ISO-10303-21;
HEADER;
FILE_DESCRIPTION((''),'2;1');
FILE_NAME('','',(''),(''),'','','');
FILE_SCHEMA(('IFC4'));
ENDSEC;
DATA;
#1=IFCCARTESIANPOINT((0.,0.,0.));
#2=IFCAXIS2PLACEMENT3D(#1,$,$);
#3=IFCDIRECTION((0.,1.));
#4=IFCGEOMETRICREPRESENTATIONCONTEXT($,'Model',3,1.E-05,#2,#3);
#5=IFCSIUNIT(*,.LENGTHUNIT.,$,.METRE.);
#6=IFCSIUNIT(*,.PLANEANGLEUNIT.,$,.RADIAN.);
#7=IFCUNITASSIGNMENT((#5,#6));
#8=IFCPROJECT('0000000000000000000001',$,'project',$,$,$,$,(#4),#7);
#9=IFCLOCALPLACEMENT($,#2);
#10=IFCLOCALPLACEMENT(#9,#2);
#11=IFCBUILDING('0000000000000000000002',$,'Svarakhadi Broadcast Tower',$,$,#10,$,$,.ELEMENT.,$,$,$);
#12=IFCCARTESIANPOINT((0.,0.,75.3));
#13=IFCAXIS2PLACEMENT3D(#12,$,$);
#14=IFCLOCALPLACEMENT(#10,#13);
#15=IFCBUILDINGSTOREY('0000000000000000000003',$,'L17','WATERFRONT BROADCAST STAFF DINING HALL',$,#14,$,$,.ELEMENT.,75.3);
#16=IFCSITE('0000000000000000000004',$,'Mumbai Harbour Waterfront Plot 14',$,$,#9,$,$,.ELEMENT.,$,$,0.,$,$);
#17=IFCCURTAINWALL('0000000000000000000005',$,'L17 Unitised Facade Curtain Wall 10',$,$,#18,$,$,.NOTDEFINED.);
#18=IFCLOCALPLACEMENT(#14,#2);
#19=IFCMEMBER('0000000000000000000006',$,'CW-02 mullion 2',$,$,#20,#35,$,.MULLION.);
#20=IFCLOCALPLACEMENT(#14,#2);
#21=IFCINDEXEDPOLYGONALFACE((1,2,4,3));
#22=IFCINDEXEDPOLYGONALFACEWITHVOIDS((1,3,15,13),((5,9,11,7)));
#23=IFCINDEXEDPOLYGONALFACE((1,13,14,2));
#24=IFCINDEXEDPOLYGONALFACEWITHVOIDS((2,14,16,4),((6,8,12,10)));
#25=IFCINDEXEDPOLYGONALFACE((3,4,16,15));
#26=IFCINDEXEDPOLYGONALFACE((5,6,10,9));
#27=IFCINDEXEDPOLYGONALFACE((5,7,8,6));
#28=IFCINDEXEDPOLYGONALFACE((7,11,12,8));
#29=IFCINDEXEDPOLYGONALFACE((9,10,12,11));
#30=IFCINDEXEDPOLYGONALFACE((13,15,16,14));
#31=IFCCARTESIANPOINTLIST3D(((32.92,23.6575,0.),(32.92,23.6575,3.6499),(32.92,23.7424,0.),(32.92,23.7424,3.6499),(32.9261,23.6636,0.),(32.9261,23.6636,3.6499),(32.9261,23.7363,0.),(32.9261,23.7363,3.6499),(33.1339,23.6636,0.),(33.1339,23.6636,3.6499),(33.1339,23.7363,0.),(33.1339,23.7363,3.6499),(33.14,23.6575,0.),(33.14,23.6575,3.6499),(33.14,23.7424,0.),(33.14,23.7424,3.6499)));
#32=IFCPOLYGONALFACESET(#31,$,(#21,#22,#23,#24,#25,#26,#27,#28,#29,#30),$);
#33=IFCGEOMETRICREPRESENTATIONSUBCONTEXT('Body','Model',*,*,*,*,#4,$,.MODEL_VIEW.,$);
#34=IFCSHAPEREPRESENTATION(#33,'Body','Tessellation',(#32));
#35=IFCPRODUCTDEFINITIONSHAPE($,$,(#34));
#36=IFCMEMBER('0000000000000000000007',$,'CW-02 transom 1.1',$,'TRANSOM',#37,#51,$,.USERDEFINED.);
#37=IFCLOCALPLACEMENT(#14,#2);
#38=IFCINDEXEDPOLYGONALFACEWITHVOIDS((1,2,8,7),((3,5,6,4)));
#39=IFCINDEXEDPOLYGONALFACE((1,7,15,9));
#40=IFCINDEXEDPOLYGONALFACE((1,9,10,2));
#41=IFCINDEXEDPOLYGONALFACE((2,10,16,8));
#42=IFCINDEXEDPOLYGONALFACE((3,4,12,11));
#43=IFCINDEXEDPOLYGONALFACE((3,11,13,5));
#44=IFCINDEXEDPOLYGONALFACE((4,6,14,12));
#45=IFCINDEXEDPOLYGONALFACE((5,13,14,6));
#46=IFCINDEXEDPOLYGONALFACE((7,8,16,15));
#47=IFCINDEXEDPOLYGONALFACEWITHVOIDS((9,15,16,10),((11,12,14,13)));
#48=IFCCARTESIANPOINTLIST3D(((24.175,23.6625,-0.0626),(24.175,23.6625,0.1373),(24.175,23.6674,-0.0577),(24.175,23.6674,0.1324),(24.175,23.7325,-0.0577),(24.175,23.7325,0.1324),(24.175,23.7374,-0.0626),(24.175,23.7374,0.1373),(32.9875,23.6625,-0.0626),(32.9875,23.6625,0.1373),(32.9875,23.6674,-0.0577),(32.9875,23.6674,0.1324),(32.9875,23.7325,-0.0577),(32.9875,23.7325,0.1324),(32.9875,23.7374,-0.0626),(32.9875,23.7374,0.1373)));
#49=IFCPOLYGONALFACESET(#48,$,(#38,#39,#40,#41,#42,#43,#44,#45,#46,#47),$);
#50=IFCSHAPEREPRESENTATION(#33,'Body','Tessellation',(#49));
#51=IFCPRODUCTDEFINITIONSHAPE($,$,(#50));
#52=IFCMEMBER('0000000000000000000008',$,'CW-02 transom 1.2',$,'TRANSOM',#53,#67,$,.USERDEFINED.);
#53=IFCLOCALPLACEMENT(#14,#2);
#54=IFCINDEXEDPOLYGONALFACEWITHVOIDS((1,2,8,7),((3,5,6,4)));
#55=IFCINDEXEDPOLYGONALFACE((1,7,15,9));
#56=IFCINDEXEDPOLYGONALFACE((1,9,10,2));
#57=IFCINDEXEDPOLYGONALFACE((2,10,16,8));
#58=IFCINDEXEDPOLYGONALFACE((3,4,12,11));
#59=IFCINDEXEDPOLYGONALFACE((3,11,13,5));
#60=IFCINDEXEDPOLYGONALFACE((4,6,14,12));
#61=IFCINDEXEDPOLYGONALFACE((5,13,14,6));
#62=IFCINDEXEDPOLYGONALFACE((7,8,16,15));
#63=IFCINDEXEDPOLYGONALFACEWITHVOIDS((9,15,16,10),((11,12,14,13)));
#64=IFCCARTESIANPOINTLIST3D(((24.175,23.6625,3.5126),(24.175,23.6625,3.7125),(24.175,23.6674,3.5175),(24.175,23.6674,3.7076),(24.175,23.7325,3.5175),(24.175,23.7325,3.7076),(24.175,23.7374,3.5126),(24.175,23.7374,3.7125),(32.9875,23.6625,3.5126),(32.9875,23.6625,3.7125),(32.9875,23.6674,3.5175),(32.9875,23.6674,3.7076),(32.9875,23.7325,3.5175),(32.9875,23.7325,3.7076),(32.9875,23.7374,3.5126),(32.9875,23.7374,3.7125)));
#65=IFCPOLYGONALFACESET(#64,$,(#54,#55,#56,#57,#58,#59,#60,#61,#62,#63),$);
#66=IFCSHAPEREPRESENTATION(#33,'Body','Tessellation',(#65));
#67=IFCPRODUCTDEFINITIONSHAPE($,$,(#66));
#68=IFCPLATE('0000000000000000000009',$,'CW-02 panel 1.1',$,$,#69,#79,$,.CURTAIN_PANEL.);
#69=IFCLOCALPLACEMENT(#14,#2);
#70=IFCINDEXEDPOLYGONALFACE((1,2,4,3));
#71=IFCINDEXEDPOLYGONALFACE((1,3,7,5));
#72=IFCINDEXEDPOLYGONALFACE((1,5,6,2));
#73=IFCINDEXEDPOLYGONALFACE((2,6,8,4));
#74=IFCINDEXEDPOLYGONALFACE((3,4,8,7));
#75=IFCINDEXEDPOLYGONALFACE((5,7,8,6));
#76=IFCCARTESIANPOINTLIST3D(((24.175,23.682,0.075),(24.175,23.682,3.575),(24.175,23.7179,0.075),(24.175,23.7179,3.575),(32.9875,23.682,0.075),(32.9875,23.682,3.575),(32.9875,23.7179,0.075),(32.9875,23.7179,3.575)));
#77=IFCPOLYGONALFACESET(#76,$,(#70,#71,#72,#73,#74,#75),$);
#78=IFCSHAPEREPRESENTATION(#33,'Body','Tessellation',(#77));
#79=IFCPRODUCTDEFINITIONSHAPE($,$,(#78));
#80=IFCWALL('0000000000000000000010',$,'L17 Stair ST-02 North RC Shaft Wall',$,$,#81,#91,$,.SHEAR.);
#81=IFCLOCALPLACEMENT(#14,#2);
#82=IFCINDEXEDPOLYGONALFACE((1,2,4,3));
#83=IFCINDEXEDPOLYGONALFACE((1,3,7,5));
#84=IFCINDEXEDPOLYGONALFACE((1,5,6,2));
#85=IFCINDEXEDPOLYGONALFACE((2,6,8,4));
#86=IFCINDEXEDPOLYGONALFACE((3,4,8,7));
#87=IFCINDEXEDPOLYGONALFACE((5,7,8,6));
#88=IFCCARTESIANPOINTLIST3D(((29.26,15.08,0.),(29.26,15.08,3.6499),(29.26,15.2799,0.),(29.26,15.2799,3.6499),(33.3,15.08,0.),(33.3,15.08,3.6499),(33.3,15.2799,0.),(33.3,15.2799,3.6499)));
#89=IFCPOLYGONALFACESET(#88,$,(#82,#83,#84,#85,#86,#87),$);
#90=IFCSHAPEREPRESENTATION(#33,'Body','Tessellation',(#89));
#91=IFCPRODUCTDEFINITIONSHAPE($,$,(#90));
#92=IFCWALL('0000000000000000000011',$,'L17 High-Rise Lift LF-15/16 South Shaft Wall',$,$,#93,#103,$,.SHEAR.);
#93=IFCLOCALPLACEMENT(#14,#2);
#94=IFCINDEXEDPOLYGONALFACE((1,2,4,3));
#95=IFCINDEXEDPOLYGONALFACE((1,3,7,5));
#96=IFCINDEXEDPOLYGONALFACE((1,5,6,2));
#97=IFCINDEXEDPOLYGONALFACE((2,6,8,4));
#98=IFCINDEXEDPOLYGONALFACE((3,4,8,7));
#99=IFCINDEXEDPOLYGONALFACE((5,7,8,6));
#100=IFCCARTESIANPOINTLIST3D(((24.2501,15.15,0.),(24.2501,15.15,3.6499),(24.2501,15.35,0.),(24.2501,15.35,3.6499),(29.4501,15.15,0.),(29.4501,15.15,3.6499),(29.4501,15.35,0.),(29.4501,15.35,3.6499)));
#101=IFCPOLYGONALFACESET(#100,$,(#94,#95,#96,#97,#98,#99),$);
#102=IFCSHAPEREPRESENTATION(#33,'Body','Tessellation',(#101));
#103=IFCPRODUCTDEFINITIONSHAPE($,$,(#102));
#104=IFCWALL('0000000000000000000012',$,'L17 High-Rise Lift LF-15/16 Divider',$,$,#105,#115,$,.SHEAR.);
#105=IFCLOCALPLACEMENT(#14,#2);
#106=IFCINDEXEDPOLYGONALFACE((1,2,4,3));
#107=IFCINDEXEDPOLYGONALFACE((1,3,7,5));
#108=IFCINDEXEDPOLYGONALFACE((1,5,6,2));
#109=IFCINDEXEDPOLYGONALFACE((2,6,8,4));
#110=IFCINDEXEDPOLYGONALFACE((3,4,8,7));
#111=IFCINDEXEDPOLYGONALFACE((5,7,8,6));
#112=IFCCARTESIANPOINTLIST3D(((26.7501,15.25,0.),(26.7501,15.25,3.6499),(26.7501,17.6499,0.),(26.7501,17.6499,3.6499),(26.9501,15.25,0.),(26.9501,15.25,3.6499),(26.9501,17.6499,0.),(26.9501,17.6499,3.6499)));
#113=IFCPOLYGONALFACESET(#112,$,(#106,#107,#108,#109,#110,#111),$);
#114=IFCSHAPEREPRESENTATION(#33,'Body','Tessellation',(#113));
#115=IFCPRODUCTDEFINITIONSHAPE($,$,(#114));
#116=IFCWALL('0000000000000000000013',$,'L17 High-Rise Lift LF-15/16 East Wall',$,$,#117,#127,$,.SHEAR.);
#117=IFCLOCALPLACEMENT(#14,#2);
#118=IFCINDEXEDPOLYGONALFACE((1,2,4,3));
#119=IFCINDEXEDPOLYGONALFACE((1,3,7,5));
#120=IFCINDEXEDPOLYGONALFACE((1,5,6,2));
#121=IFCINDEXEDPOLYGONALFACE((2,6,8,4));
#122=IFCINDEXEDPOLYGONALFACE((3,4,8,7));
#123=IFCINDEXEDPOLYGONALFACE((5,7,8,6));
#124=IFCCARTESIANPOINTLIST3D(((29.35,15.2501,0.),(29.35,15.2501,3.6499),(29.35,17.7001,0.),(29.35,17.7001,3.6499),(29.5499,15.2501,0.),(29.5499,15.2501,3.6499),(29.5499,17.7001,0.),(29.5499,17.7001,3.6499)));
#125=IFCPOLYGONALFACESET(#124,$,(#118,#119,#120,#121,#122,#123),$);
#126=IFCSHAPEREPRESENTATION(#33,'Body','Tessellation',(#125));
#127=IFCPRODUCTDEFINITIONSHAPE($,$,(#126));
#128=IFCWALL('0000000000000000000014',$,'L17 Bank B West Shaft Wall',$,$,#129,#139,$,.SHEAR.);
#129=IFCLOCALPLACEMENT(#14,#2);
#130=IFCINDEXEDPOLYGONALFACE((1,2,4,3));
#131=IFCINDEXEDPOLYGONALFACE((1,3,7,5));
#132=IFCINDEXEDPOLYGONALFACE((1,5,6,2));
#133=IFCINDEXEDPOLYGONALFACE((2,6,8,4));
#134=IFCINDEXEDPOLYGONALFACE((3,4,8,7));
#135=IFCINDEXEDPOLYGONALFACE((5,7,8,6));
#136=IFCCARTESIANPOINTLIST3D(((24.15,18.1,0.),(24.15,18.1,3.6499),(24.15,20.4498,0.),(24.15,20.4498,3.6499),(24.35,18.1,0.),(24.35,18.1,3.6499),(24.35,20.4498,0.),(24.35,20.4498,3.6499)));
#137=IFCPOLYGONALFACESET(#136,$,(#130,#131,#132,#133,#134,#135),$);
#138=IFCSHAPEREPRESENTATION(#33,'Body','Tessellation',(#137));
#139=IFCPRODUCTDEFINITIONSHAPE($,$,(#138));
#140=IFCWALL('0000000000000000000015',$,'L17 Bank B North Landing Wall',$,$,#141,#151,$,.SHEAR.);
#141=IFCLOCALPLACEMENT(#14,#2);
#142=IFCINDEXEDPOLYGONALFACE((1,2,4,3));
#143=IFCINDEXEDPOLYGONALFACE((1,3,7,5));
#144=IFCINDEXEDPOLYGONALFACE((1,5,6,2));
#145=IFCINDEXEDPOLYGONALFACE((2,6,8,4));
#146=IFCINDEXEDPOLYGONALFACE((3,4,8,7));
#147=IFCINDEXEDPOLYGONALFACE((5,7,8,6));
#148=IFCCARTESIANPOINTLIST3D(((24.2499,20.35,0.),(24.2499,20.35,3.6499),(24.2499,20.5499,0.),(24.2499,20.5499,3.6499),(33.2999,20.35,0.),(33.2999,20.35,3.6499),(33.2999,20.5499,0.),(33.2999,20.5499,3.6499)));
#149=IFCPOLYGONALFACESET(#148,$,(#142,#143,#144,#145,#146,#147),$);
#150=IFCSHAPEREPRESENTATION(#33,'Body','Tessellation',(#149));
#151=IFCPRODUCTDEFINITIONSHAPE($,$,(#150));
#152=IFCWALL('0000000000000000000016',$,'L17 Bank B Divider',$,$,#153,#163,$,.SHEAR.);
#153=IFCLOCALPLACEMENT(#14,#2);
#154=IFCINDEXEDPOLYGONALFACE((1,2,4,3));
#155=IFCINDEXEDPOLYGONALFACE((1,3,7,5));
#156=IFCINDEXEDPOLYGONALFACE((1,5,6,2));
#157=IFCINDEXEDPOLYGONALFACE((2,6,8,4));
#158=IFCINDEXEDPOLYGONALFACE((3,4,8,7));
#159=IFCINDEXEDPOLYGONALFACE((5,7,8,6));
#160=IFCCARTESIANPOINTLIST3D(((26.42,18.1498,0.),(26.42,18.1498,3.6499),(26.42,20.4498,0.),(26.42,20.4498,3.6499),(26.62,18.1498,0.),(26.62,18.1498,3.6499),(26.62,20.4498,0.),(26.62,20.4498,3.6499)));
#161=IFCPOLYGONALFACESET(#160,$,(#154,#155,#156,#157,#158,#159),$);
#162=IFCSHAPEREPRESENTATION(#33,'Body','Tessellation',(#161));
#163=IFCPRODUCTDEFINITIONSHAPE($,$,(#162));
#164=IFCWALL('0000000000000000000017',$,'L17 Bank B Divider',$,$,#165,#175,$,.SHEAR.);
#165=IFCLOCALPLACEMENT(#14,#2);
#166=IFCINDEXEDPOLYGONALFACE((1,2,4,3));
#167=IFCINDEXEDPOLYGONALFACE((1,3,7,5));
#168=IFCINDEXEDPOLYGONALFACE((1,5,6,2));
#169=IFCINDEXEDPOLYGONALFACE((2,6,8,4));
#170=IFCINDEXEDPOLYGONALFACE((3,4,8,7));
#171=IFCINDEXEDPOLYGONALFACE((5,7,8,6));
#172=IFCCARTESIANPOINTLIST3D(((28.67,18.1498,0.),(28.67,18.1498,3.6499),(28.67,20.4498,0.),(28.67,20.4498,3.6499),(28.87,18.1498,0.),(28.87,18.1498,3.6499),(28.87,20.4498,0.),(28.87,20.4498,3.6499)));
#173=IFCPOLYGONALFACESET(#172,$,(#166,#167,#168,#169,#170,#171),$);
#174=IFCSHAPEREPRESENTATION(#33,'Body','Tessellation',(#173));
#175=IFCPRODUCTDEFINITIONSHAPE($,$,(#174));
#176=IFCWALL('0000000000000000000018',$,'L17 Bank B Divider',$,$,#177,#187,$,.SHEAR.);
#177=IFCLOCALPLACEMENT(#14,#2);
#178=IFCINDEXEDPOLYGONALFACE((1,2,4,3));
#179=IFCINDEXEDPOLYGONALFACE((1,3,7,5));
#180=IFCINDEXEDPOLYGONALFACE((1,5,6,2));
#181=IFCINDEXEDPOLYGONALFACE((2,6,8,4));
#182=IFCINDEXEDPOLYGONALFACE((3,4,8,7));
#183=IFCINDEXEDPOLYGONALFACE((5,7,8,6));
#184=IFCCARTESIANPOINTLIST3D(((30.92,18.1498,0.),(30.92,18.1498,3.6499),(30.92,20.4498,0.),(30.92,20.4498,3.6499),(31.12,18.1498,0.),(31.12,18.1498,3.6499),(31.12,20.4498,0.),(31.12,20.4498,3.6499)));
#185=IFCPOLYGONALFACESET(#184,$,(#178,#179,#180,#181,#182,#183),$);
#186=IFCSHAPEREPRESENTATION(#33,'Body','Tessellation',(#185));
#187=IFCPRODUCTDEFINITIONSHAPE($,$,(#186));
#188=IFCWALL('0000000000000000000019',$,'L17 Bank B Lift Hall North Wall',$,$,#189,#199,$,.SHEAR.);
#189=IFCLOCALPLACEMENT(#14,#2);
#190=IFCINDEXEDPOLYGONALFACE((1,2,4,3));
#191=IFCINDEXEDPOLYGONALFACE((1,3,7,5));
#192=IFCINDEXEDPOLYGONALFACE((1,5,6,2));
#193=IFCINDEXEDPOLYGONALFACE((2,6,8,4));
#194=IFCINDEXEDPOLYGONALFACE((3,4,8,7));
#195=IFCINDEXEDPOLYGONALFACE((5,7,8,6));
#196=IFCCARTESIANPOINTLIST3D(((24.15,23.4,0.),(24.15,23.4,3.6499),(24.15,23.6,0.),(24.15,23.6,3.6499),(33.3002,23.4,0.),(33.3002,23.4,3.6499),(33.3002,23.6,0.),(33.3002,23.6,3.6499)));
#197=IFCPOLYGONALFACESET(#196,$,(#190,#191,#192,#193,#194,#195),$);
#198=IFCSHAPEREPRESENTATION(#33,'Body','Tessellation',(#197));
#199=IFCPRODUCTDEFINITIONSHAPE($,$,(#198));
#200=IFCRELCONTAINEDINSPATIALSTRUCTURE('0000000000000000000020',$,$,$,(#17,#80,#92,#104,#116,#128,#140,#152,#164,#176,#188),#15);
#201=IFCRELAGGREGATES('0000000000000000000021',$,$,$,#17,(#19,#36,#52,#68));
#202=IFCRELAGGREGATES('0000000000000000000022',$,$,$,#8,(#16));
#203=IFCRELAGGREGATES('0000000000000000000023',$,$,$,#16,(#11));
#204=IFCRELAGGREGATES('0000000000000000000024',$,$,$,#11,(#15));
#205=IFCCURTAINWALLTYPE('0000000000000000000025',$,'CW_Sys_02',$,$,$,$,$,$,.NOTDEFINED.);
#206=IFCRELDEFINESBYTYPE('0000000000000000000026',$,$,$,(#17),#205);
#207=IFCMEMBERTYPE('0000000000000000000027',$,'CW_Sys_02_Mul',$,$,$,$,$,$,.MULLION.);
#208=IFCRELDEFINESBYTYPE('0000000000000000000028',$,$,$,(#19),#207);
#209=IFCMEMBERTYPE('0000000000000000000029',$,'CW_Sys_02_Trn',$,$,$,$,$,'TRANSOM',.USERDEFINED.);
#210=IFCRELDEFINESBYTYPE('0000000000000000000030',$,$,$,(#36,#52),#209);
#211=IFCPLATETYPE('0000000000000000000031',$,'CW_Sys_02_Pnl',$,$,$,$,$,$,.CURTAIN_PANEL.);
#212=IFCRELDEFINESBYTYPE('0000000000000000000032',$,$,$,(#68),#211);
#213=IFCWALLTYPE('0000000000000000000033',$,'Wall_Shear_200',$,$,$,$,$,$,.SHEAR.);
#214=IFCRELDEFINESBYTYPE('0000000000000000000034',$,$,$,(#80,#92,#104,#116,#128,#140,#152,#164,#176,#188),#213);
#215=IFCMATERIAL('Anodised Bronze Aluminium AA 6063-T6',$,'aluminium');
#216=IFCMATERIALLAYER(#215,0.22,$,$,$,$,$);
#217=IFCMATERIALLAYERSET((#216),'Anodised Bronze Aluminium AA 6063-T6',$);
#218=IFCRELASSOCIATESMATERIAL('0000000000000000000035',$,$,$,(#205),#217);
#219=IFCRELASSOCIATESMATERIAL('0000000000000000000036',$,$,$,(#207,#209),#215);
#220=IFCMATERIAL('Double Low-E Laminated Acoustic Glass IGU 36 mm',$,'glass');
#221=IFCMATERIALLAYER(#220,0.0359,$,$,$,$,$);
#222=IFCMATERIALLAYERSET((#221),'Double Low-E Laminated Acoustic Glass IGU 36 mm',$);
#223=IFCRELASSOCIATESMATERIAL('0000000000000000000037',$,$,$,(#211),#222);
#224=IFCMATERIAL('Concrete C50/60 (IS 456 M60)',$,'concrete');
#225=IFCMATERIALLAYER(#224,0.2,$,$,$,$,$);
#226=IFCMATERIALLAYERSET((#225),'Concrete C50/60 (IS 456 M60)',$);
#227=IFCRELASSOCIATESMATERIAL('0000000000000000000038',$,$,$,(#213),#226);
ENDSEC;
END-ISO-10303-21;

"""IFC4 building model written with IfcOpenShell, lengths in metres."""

from ifc_helpers import new_model, si_unit, direction, frame, frame_2d, origin, origin_2d, place, context, subcontext, project, spatial, rectangle, hollow_rectangle, extrude, material, layer, layer_set, material_profile, profile_set, type_object, element, aggregate, save


model = new_model("IFC4")

# Units and contexts
model_context = context("Model", 3, precision=1e-05, world=origin(), true_north=direction((0.0, 1.0)))
body_context = subcontext(model_context, "Body", "Model", "MODEL_VIEW")
ifc_project = project(units=[si_unit("LENGTHUNIT", "METRE"), si_unit("PLANEANGLEUNIT", "RADIAN")], contexts=[model_context])

# Site, building, storey
site_placement = place(None, origin())
site = spatial("IfcSite", under=ifc_project, at=site_placement, Name="Mumbai Harbour Waterfront Plot 14", CompositionType="ELEMENT", RefElevation=0.0)
building_placement = place(site_placement, origin())
building = spatial("IfcBuilding", under=site, at=building_placement, Name="Svarakhadi Broadcast Tower", CompositionType="ELEMENT")
storey_placement = place(building_placement, frame((0.0, 0.0, 75.3)))
storey = spatial("IfcBuildingStorey", under=building, at=storey_placement, Name="L17", Description="WATERFRONT BROADCAST STAFF DINING HALL", CompositionType="ELEMENT", Elevation=75.3)

# Curtain wall, members, plate
ifc_material_1 = material(Name="Anodised Bronze Aluminium AA 6063-T6", Category="aluminium")
ifc_layer_1 = layer(ifc_material_1, 0.22)
ifc_layer_set_1 = layer_set([ifc_layer_1], Name="Anodised Bronze Aluminium AA 6063-T6")
curtain_wall_type = type_object("IfcCurtainWallType", Name="CW_Sys_02", PredefinedType="NOTDEFINED", material=ifc_layer_set_1)
curtain_wall_placement = place(storey_placement, origin())
curtain_wall = element("IfcCurtainWall", 1, at=curtain_wall_placement, inside=storey, type_object=curtain_wall_type, Name="L17 Unitised Facade Curtain Wall 10", PredefinedType="NOTDEFINED")
ifc_material_profile_1 = material_profile(ifc_material_1, hollow_rectangle(XDim=0.085, YDim=0.22, WallThickness=0.0061, at=origin_2d()), Name="ALU MULLION 220x85x6")
ifc_profile_set_1 = profile_set([ifc_material_profile_1], Name="Anodised Bronze Aluminium AA 6063-T6")
member_type_1 = type_object("IfcMemberType", Name="CW_Sys_02_Mul", PredefinedType="MULLION", material=ifc_profile_set_1)
member_1_placement = place(storey_placement, frame((33.03, 23.7, 0.0), z_axis=(0.0, 0.0, 1.0), x_axis=(0.0, 1.0, 0.0)))
member_1 = element("IfcMember", 2, at=member_1_placement, type_object=member_type_1, Name="CW-02 mullion 2", PredefinedType="MULLION", context=body_context, shape_type="SweptSolid", body=[
    extrude(hollow_rectangle(XDim=0.085, YDim=0.22, WallThickness=0.0061, at=origin_2d()), origin(), (0.0, 0.0, 1.0), 3.6499),
])
ifc_material_profile_2 = material_profile(ifc_material_1, hollow_rectangle(XDim=0.075, YDim=0.2, WallThickness=0.0049, at=origin_2d()), Name="ALU TRANSOM 200x75x5")
ifc_profile_set_2 = profile_set([ifc_material_profile_2], Name="Anodised Bronze Aluminium AA 6063-T6")
member_type_2 = type_object("IfcMemberType", Name="CW_Sys_02_Trn", ElementType="TRANSOM", PredefinedType="USERDEFINED", material=ifc_profile_set_2)
member_2_placement = place(storey_placement, frame((24.175, 23.7, 0.0374), z_axis=(1.0, 0.0, 0.0), x_axis=(0.0, 1.0, 0.0)))
member_2 = element("IfcMember", 3, at=member_2_placement, type_object=member_type_2, Name="CW-02 transom 1.1", ObjectType="TRANSOM", PredefinedType="USERDEFINED", context=body_context, shape_type="SweptSolid", body=[
    extrude(hollow_rectangle(XDim=0.075, YDim=0.2, WallThickness=0.0049, at=origin_2d()), origin(), (0.0, 0.0, 1.0), 8.8125),
])
member_3_placement = place(storey_placement, frame((24.175, 23.7, 3.6125), z_axis=(1.0, 0.0, 0.0), x_axis=(0.0, 1.0, 0.0)))
member_3 = element("IfcMember", 4, at=member_3_placement, type_object=member_type_2, Name="CW-02 transom 1.2", ObjectType="TRANSOM", PredefinedType="USERDEFINED", context=body_context, shape_type="SweptSolid", body=[
    extrude(hollow_rectangle(XDim=0.075, YDim=0.2, WallThickness=0.0049, at=origin_2d()), origin(), (0.0, 0.0, 1.0), 8.8125),
])
ifc_material_2 = material(Name="Double Low-E Laminated Acoustic Glass IGU 36 mm", Category="glass")
ifc_layer_2 = layer(ifc_material_2, 0.0359)
ifc_layer_set_2 = layer_set([ifc_layer_2], Name="Double Low-E Laminated Acoustic Glass IGU 36 mm")
plate_type = type_object("IfcPlateType", Name="CW_Sys_02_Pnl", PredefinedType="CURTAIN_PANEL", material=ifc_layer_set_2)
plate_placement = place(storey_placement, frame((28.5813, 23.7, 0.075), z_axis=(0.0, 0.0, 1.0), x_axis=(1.0, 0.0, 0.0)))
plate = element("IfcPlate", 5, at=plate_placement, type_object=plate_type, Name="CW-02 panel 1.1", PredefinedType="CURTAIN_PANEL", context=body_context, shape_type="SweptSolid", body=[
    extrude(rectangle(XDim=8.8125, YDim=0.0359, at=origin_2d()), origin(), (0.0, 0.0, 1.0), 3.5),
])
aggregate(curtain_wall, [member_1, member_2, member_3, plate])

# Wall
ifc_material_3 = material(Name="Concrete C50/60 (IS 456 M60)", Category="concrete")
ifc_layer_3 = layer(ifc_material_3, 0.2)
ifc_layer_set_3 = layer_set([ifc_layer_3], Name="Concrete C50/60 (IS 456 M60)")
wall_type_1 = type_object("IfcWallType", Name="Wall_Shear_200", PredefinedType="SHEAR", material=ifc_layer_set_3)
wall_1_placement = place(storey_placement, frame((29.26, 15.1799, 0.0), z_axis=(0.0, 0.0, 1.0), x_axis=(1.0, 0.0, 0.0)))
element("IfcWall", 6, at=wall_1_placement, inside=storey, type_object=wall_type_1, Name="L17 Stair ST-02 North RC Shaft Wall", PredefinedType="SHEAR", context=body_context, shape_type="SweptSolid", body=[
    extrude(rectangle(XDim=4.04, YDim=0.2, at=frame_2d((2.02, 0.0))), origin(), (0.0, 0.0, 1.0), 3.6499),
])

# Walls
wall_2_placement = place(storey_placement, frame((24.25, 15.25, 0.0), z_axis=(0.0, 0.0, 1.0), x_axis=(1.0, 0.0, 0.0)))
element("IfcWall", 7, at=wall_2_placement, inside=storey, type_object=wall_type_1, Name="L17 High-Rise Lift LF-15/16 South Shaft Wall", PredefinedType="SHEAR", context=body_context, shape_type="SweptSolid", body=[
    extrude(rectangle(XDim=5.2, YDim=0.2, at=frame_2d((2.6001, 0.0))), origin(), (0.0, 0.0, 1.0), 3.6499),
])
wall_3_placement = place(storey_placement, frame((26.8501, 15.25, 0.0), z_axis=(0.0, 0.0, 1.0), x_axis=(0.0, 1.0, 0.0)))
element("IfcWall", 8, at=wall_3_placement, inside=storey, type_object=wall_type_1, Name="L17 High-Rise Lift LF-15/16 Divider", PredefinedType="SHEAR", context=body_context, shape_type="SweptSolid", body=[
    extrude(rectangle(XDim=2.3999, YDim=0.2, at=frame_2d((1.2, 0.0))), origin(), (0.0, 0.0, 1.0), 3.6499),
])
wall_4_placement = place(storey_placement, frame((29.45, 15.25, 0.0), z_axis=(0.0, 0.0, 1.0), x_axis=(0.0, 1.0, 0.0)))
element("IfcWall", 9, at=wall_4_placement, inside=storey, type_object=wall_type_1, Name="L17 High-Rise Lift LF-15/16 East Wall", PredefinedType="SHEAR", context=body_context, shape_type="SweptSolid", body=[
    extrude(rectangle(XDim=2.45, YDim=0.2, at=frame_2d((1.2251, 0.0))), origin(), (0.0, 0.0, 1.0), 3.6499),
])
wall_5_placement = place(storey_placement, frame((24.25, 18.1001, 0.0), z_axis=(0.0, 0.0, 1.0), x_axis=(0.0, 1.0, 0.0)))
element("IfcWall", 10, at=wall_5_placement, inside=storey, type_object=wall_type_1, Name="L17 Bank B West Shaft Wall", PredefinedType="SHEAR", context=body_context, shape_type="SweptSolid", body=[
    extrude(rectangle(XDim=2.3499, YDim=0.2, at=frame_2d((1.1748, 0.0))), origin(), (0.0, 0.0, 1.0), 3.6499),
])
wall_6_placement = place(storey_placement, frame((24.25, 20.45, 0.0), z_axis=(0.0, 0.0, 1.0), x_axis=(1.0, 0.0, 0.0)))
element("IfcWall", 11, at=wall_6_placement, inside=storey, type_object=wall_type_1, Name="L17 Bank B North Landing Wall", PredefinedType="SHEAR", context=body_context, shape_type="SweptSolid", body=[
    extrude(rectangle(XDim=9.05, YDim=0.2, at=frame_2d((4.5249, 0.0))), origin(), (0.0, 0.0, 1.0), 3.6499),
])
for number, where, z_axis, x_axis, name in (
    (12, (26.52, 18.1499, 0.0), (0.0, 0.0, 1.0), (0.0, 1.0, 0.0), "L17 Bank B Divider"),
    (13, (28.77, 18.1499, 0.0), (0.0, 0.0, 1.0), (0.0, 1.0, 0.0), "L17 Bank B Divider"),
    (14, (31.02, 18.1499, 0.0), (0.0, 0.0, 1.0), (0.0, 1.0, 0.0), "L17 Bank B Divider"),
):
    element("IfcWall", number, at=place(storey_placement, frame(where, z_axis=z_axis, x_axis=x_axis)), inside=storey, type_object=wall_type_1, Name=name, PredefinedType="SHEAR", context=body_context, shape_type="SweptSolid", body=[
        extrude(rectangle(XDim=2.3, YDim=0.2, at=frame_2d((1.1499, 0.0))), origin(), (0.0, 0.0, 1.0), 3.6499),
    ])
wall_7_placement = place(storey_placement, frame((24.1499, 23.5, 0.0), z_axis=(0.0, 0.0, 1.0), x_axis=(1.0, 0.0, 0.0)))
element("IfcWall", 15, at=wall_7_placement, inside=storey, type_object=wall_type_1, Name="L17 Bank B Lift Hall North Wall", PredefinedType="SHEAR", context=body_context, shape_type="SweptSolid", body=[
    extrude(rectangle(XDim=9.1501, YDim=0.2, at=frame_2d((4.5752, 0.0))), origin(), (0.0, 0.0, 1.0), 3.6499),
])

save(model, "model.ifc")
